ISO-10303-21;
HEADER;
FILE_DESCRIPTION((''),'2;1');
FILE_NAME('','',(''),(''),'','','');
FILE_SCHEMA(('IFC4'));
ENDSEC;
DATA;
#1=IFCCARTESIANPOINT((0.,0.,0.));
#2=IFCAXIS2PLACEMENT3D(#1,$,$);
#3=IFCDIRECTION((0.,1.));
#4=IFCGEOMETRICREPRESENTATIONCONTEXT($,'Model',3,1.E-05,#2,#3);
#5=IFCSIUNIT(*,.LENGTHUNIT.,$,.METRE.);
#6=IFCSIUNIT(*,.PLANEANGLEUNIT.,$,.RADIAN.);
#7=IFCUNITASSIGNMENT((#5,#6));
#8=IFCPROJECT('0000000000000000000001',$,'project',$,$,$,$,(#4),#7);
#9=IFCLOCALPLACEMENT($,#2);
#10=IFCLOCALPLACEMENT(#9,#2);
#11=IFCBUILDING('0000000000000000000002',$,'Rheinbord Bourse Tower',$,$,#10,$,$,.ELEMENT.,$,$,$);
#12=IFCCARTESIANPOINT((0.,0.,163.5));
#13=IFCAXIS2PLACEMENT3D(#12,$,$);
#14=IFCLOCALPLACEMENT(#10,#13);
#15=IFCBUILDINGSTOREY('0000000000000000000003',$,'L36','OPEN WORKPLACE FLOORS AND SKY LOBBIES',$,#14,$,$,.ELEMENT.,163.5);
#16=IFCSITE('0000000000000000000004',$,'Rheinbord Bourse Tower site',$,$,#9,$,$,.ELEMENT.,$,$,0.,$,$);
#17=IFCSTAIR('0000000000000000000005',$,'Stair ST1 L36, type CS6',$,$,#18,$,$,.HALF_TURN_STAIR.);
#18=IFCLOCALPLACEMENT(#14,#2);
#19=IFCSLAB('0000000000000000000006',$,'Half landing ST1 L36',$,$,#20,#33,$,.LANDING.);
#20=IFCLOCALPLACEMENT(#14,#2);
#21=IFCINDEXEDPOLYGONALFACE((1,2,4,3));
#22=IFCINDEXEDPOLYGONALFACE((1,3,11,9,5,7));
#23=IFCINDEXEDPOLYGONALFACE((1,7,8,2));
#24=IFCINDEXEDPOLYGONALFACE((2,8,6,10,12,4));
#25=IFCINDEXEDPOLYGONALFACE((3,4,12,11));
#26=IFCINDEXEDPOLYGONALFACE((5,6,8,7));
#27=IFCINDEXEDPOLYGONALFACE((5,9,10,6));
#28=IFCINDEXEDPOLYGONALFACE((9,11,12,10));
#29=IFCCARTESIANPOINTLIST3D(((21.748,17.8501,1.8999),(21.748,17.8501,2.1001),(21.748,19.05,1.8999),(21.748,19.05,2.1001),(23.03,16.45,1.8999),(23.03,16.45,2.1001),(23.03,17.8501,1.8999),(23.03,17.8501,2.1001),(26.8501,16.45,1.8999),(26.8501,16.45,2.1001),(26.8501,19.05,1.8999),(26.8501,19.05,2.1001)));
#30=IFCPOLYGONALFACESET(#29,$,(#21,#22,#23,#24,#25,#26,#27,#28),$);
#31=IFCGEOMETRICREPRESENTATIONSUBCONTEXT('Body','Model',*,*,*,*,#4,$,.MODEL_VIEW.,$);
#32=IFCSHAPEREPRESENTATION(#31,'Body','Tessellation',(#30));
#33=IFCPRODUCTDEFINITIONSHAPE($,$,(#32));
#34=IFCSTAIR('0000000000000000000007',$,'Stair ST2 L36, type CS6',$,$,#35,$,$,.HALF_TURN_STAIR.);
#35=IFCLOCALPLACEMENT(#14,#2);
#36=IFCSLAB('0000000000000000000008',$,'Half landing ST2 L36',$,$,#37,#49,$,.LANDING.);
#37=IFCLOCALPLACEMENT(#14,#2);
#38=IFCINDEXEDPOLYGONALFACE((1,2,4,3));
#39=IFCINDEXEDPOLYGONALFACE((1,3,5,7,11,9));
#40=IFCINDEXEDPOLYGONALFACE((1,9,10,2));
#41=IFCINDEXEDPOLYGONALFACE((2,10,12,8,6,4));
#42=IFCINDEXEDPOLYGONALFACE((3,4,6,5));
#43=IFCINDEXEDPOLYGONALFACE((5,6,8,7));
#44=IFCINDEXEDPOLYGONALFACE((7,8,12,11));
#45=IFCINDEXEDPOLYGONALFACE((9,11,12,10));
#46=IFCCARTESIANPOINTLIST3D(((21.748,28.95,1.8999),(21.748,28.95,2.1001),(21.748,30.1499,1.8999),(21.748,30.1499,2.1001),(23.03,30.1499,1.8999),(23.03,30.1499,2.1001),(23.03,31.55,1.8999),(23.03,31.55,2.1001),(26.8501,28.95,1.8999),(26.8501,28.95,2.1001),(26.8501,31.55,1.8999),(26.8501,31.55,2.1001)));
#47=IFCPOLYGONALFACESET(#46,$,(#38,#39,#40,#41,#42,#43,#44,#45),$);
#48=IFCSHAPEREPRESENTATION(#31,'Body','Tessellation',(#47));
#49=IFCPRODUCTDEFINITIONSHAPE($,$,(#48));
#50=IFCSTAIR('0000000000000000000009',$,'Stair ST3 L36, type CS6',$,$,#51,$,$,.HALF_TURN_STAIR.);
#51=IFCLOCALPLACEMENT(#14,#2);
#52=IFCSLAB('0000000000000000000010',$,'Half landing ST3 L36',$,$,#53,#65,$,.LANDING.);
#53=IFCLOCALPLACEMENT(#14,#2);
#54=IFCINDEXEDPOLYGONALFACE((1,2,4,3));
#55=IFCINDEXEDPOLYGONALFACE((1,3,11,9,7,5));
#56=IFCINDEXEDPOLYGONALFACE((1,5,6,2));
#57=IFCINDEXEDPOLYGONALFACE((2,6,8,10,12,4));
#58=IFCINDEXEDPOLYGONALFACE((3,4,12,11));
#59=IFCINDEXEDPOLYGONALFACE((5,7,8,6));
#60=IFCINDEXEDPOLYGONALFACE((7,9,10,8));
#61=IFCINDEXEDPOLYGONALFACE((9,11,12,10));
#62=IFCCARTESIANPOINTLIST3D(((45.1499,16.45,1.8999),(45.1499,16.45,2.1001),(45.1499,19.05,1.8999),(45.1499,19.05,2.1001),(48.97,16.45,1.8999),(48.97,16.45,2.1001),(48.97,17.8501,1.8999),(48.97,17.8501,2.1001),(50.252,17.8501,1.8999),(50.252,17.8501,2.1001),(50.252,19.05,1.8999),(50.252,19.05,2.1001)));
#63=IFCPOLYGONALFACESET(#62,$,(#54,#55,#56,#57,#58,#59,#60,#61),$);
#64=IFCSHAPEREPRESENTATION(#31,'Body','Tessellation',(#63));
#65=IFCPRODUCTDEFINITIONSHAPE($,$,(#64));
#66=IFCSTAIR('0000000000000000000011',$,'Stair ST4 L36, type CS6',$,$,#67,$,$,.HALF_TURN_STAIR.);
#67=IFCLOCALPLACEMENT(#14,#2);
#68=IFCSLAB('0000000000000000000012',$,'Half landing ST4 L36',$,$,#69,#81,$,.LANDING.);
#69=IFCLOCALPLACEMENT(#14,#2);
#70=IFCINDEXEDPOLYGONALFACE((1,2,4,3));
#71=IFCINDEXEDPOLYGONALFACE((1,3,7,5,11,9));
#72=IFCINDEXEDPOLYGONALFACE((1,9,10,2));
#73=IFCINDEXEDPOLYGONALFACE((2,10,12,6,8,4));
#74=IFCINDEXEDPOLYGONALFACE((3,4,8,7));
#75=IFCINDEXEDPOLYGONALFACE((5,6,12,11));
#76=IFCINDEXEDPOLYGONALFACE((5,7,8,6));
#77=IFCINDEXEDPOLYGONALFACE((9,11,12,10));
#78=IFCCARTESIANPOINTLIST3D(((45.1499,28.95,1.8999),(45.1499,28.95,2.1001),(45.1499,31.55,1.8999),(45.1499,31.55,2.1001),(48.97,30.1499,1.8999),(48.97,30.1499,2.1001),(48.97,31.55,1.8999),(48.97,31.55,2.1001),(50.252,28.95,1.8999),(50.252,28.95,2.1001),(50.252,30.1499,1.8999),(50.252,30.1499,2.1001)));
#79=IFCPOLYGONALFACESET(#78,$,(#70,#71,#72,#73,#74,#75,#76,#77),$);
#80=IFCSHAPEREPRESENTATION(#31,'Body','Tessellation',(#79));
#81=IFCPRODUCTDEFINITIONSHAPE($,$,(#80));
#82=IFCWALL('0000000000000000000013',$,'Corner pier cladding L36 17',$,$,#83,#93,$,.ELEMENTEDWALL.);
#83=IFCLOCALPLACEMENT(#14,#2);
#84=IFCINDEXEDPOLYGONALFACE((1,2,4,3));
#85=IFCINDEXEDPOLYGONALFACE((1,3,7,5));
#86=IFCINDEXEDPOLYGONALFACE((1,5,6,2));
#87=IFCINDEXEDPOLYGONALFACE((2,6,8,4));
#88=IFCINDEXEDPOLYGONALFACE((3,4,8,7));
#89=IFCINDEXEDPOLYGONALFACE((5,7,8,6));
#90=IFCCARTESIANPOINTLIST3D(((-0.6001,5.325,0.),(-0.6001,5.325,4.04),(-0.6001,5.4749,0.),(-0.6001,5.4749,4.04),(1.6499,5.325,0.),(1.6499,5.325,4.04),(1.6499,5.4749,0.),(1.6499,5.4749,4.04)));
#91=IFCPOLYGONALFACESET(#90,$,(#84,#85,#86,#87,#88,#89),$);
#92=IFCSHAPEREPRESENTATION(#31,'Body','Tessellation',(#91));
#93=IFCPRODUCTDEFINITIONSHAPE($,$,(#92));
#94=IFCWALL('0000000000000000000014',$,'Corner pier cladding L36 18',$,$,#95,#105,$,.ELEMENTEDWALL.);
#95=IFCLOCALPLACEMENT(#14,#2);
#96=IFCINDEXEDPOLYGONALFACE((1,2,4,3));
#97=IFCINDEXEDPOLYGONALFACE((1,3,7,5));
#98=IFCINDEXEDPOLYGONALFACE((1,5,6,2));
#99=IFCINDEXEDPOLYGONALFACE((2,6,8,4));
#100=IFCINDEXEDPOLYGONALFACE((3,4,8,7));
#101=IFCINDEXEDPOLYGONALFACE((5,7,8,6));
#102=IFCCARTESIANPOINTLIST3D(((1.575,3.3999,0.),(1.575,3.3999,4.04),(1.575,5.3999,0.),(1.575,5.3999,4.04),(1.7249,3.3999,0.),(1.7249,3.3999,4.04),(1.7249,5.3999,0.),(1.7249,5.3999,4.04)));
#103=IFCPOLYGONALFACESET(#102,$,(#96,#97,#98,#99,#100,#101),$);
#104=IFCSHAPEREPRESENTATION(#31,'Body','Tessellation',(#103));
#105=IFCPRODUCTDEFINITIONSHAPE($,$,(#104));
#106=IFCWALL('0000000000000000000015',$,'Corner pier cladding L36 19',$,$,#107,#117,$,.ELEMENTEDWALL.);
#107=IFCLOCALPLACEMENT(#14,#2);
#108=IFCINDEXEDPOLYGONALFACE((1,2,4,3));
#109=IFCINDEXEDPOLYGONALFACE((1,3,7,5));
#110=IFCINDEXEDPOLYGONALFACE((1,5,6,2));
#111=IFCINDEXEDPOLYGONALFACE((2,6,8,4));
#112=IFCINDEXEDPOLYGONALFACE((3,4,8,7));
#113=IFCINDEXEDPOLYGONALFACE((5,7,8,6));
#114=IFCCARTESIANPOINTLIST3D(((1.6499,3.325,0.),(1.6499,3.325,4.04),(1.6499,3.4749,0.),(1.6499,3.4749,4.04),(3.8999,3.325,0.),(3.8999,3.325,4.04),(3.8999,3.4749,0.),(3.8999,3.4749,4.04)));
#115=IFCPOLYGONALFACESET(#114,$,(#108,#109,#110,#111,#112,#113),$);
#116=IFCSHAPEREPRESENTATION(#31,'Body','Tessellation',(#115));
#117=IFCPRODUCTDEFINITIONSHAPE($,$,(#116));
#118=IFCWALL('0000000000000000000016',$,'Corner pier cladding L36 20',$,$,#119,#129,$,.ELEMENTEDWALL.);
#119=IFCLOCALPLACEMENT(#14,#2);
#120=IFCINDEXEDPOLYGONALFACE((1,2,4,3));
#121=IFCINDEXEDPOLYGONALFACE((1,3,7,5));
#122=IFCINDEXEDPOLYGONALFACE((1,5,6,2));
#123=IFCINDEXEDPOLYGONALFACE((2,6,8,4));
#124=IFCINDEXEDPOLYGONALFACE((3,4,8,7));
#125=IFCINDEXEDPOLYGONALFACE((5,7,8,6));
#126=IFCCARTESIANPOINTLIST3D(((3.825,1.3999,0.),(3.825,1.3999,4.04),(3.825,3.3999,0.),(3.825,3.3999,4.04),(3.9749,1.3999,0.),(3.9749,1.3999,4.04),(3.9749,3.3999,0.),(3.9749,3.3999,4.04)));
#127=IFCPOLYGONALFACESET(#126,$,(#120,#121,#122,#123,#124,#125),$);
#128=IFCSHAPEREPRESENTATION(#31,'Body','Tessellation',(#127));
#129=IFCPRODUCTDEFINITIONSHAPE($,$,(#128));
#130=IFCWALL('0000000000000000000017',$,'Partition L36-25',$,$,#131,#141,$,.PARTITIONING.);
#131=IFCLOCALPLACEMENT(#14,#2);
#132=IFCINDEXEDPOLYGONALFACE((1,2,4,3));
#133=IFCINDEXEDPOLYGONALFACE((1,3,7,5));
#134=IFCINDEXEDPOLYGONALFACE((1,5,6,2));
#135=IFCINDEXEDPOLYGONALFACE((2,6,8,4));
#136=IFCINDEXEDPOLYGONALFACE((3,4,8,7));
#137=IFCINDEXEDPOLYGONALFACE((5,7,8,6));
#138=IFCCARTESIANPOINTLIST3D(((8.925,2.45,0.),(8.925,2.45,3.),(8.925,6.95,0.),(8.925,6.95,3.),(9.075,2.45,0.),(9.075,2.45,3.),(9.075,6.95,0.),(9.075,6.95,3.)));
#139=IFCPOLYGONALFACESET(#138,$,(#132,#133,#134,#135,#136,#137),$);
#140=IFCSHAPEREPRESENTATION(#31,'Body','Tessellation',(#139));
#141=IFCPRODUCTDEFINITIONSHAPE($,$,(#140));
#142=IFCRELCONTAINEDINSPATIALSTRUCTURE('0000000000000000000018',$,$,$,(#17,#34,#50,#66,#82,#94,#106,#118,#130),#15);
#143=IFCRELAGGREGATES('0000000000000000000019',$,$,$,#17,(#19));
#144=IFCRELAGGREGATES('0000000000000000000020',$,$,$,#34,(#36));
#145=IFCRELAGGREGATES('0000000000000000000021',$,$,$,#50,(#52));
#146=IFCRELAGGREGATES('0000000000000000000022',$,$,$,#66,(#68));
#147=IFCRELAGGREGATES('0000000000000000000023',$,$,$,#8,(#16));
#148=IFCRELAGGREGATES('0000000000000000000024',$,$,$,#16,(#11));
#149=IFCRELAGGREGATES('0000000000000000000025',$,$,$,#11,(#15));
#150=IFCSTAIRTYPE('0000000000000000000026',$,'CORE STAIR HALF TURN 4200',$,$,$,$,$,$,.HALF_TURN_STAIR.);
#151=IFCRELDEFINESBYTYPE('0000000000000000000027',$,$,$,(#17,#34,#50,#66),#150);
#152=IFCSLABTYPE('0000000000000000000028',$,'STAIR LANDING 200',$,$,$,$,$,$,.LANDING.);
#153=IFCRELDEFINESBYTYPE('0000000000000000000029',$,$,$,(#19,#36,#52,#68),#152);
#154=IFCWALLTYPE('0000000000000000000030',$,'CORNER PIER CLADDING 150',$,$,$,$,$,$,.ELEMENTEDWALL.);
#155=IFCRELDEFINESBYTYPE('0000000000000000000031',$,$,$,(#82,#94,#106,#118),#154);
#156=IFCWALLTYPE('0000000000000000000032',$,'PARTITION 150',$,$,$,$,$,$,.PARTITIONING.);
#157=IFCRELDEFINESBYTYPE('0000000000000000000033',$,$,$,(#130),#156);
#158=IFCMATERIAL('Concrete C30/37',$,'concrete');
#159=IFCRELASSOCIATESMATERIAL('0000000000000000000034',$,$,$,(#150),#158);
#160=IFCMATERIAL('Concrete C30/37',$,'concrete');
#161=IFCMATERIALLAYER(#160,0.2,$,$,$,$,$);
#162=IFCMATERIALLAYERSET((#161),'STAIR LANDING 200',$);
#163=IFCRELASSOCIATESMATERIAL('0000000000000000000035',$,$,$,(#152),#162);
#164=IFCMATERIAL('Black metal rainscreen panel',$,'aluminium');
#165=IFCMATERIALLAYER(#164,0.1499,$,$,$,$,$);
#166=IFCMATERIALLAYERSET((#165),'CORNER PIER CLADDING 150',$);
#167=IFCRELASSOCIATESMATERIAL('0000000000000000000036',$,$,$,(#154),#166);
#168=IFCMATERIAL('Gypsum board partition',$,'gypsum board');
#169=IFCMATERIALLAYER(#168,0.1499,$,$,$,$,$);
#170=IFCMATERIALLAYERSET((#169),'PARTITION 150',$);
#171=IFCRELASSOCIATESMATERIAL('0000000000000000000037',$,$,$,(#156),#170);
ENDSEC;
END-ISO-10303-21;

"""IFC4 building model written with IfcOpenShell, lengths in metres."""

from ifc_helpers import new_model, si_unit, direction, frame, frame_2d, origin, place, context, subcontext, project, spatial, polyline, rectangle, outline, extrude, material, layer, layer_set, type_object, element, aggregate, save


model = new_model("IFC4")

# Units and contexts
model_context = context("Model", 3, precision=1e-05, world=origin(), true_north=direction((0.0, 1.0)))
body_context = subcontext(model_context, "Body", "Model", "MODEL_VIEW")
ifc_project = project(units=[si_unit("LENGTHUNIT", "METRE"), si_unit("PLANEANGLEUNIT", "RADIAN")], contexts=[model_context])

# Site, building, storey
site_placement = place(None, origin())
site = spatial("IfcSite", under=ifc_project, at=site_placement, Name="Rheinbord Bourse Tower site", CompositionType="ELEMENT", RefElevation=0.0)
building_placement = place(site_placement, origin())
building = spatial("IfcBuilding", under=site, at=building_placement, Name="Rheinbord Bourse Tower", CompositionType="ELEMENT")
storey_placement = place(building_placement, frame((0.0, 0.0, 163.5)))
storey = spatial("IfcBuildingStorey", under=building, at=storey_placement, Name="L36", Description="OPEN WORKPLACE FLOORS AND SKY LOBBIES", CompositionType="ELEMENT", Elevation=163.5)

# Stairs, slabs
ifc_material_1 = material(Name="Concrete C30/37", Category="concrete")
stair_type = type_object("IfcStairType", Name="CORE STAIR HALF TURN 4200", PredefinedType="HALF_TURN_STAIR", material=ifc_material_1)
stair_1_placement = place(storey_placement, origin())
stair_1 = element("IfcStair", 1, at=stair_1_placement, inside=storey, type_object=stair_type, Name="Stair ST1 L36, type CS6", PredefinedType="HALF_TURN_STAIR")
ifc_material_2 = material(Name="Concrete C30/37", Category="concrete")
ifc_layer_1 = layer(ifc_material_2, 0.2)
ifc_layer_set_1 = layer_set([ifc_layer_1], Name="STAIR LANDING 200")
slab_type_1 = type_object("IfcSlabType", Name="STAIR LANDING 200", PredefinedType="LANDING", material=ifc_layer_set_1)
slab_1_placement = place(storey_placement, frame((0.0, 0.0, 1.8999)))
slab_1 = element("IfcSlab", 2, at=slab_1_placement, type_object=slab_type_1, Name="Half landing ST1 L36", PredefinedType="LANDING", context=body_context, shape_type="SweptSolid", body=[
    extrude(outline(polyline([(23.03, 16.45), (26.8501, 16.45), (26.8501, 19.05), (21.748, 19.05), (21.748, 17.8501), (23.03, 17.8501), (23.03, 16.45)])), origin(), (0.0, 0.0, 1.0), 0.2002),
])
aggregate(stair_1, [slab_1])
stair_2_placement = place(storey_placement, origin())
stair_2 = element("IfcStair", 3, at=stair_2_placement, inside=storey, type_object=stair_type, Name="Stair ST2 L36, type CS6", PredefinedType="HALF_TURN_STAIR")
slab_2_placement = place(storey_placement, frame((0.0, 0.0, 1.8999)))
slab_2 = element("IfcSlab", 4, at=slab_2_placement, type_object=slab_type_1, Name="Half landing ST2 L36", PredefinedType="LANDING", context=body_context, shape_type="SweptSolid", body=[
    extrude(outline(polyline([(21.748, 28.95), (26.8501, 28.95), (26.8501, 31.55), (23.03, 31.55), (23.03, 30.1499), (21.748, 30.1499), (21.748, 28.95)])), origin(), (0.0, 0.0, 1.0), 0.2002),
])
aggregate(stair_2, [slab_2])
stair_3_placement = place(storey_placement, origin())
stair_3 = element("IfcStair", 5, at=stair_3_placement, inside=storey, type_object=stair_type, Name="Stair ST3 L36, type CS6", PredefinedType="HALF_TURN_STAIR")
slab_3_placement = place(storey_placement, frame((0.0, 0.0, 1.8999)))
slab_3 = element("IfcSlab", 6, at=slab_3_placement, type_object=slab_type_1, Name="Half landing ST3 L36", PredefinedType="LANDING", context=body_context, shape_type="SweptSolid", body=[
    extrude(outline(polyline([(45.1499, 16.45), (48.97, 16.45), (48.97, 17.8501), (50.252, 17.8501), (50.252, 19.05), (45.1499, 19.05), (45.1499, 16.45)])), origin(), (0.0, 0.0, 1.0), 0.2002),
])
aggregate(stair_3, [slab_3])
stair_4_placement = place(storey_placement, origin())
stair_4 = element("IfcStair", 7, at=stair_4_placement, inside=storey, type_object=stair_type, Name="Stair ST4 L36, type CS6", PredefinedType="HALF_TURN_STAIR")
slab_4_placement = place(storey_placement, frame((0.0, 0.0, 1.8999)))
slab_4 = element("IfcSlab", 8, at=slab_4_placement, type_object=slab_type_1, Name="Half landing ST4 L36", PredefinedType="LANDING", context=body_context, shape_type="SweptSolid", body=[
    extrude(outline(polyline([(45.1499, 28.95), (50.252, 28.95), (50.252, 30.1499), (48.97, 30.1499), (48.97, 31.55), (45.1499, 31.55), (45.1499, 28.95)])), origin(), (0.0, 0.0, 1.0), 0.2002),
])
aggregate(stair_4, [slab_4])

# Walls
ifc_material_3 = material(Name="Black metal rainscreen panel", Category="aluminium")
ifc_layer_2 = layer(ifc_material_3, 0.1499)
ifc_layer_set_2 = layer_set([ifc_layer_2], Name="CORNER PIER CLADDING 150")
wall_type_1 = type_object("IfcWallType", Name="CORNER PIER CLADDING 150", PredefinedType="ELEMENTEDWALL", material=ifc_layer_set_2)
wall_1_placement = place(storey_placement, frame((-0.6001, 5.3999, 0.0), z_axis=(0.0, 0.0, 1.0), x_axis=(1.0, 0.0, 0.0)))
element("IfcWall", 9, at=wall_1_placement, inside=storey, type_object=wall_type_1, Name="Corner pier cladding L36 17", PredefinedType="ELEMENTEDWALL", context=body_context, shape_type="SweptSolid", body=[
    extrude(rectangle(XDim=2.25, YDim=0.1499, at=frame_2d((1.125, 0.0))), origin(), (0.0, 0.0, 1.0), 4.04),
])
wall_2_placement = place(storey_placement, frame((1.6499, 5.3999, 0.0), z_axis=(0.0, 0.0, 1.0), x_axis=(0.0, -1.0, 0.0)))
element("IfcWall", 10, at=wall_2_placement, inside=storey, type_object=wall_type_1, Name="Corner pier cladding L36 18", PredefinedType="ELEMENTEDWALL", context=body_context, shape_type="SweptSolid", body=[
    extrude(rectangle(XDim=2.0, YDim=0.1499, at=frame_2d((1.0, 0.0))), origin(), (0.0, 0.0, 1.0), 4.04),
])
wall_3_placement = place(storey_placement, frame((1.6499, 3.3999, 0.0), z_axis=(0.0, 0.0, 1.0), x_axis=(1.0, 0.0, 0.0)))
element("IfcWall", 11, at=wall_3_placement, inside=storey, type_object=wall_type_1, Name="Corner pier cladding L36 19", PredefinedType="ELEMENTEDWALL", context=body_context, shape_type="SweptSolid", body=[
    extrude(rectangle(XDim=2.25, YDim=0.1499, at=frame_2d((1.125, 0.0))), origin(), (0.0, 0.0, 1.0), 4.04),
])
wall_4_placement = place(storey_placement, frame((3.8999, 3.3999, 0.0), z_axis=(0.0, 0.0, 1.0), x_axis=(0.0, -1.0, 0.0)))
element("IfcWall", 12, at=wall_4_placement, inside=storey, type_object=wall_type_1, Name="Corner pier cladding L36 20", PredefinedType="ELEMENTEDWALL", context=body_context, shape_type="SweptSolid", body=[
    extrude(rectangle(XDim=2.0, YDim=0.1499, at=frame_2d((1.0, 0.0))), origin(), (0.0, 0.0, 1.0), 4.04),
])
ifc_material_4 = material(Name="Gypsum board partition", Category="gypsum board")
ifc_layer_3 = layer(ifc_material_4, 0.1499)
ifc_layer_set_3 = layer_set([ifc_layer_3], Name="PARTITION 150")
wall_type_2 = type_object("IfcWallType", Name="PARTITION 150", PredefinedType="PARTITIONING", material=ifc_layer_set_3)
wall_5_placement = place(storey_placement, frame((9.0, 2.45, 0.0), z_axis=(0.0, 0.0, 1.0), x_axis=(0.0, 1.0, 0.0)))
element("IfcWall", 13, at=wall_5_placement, inside=storey, type_object=wall_type_2, Name="Partition L36-25", PredefinedType="PARTITIONING", context=body_context, shape_type="SweptSolid", body=[
    extrude(rectangle(XDim=4.5, YDim=0.1499, at=frame_2d((2.25, 0.0))), origin(), (0.0, 0.0, 1.0), 3.0),
])

save(model, "model.ifc")
